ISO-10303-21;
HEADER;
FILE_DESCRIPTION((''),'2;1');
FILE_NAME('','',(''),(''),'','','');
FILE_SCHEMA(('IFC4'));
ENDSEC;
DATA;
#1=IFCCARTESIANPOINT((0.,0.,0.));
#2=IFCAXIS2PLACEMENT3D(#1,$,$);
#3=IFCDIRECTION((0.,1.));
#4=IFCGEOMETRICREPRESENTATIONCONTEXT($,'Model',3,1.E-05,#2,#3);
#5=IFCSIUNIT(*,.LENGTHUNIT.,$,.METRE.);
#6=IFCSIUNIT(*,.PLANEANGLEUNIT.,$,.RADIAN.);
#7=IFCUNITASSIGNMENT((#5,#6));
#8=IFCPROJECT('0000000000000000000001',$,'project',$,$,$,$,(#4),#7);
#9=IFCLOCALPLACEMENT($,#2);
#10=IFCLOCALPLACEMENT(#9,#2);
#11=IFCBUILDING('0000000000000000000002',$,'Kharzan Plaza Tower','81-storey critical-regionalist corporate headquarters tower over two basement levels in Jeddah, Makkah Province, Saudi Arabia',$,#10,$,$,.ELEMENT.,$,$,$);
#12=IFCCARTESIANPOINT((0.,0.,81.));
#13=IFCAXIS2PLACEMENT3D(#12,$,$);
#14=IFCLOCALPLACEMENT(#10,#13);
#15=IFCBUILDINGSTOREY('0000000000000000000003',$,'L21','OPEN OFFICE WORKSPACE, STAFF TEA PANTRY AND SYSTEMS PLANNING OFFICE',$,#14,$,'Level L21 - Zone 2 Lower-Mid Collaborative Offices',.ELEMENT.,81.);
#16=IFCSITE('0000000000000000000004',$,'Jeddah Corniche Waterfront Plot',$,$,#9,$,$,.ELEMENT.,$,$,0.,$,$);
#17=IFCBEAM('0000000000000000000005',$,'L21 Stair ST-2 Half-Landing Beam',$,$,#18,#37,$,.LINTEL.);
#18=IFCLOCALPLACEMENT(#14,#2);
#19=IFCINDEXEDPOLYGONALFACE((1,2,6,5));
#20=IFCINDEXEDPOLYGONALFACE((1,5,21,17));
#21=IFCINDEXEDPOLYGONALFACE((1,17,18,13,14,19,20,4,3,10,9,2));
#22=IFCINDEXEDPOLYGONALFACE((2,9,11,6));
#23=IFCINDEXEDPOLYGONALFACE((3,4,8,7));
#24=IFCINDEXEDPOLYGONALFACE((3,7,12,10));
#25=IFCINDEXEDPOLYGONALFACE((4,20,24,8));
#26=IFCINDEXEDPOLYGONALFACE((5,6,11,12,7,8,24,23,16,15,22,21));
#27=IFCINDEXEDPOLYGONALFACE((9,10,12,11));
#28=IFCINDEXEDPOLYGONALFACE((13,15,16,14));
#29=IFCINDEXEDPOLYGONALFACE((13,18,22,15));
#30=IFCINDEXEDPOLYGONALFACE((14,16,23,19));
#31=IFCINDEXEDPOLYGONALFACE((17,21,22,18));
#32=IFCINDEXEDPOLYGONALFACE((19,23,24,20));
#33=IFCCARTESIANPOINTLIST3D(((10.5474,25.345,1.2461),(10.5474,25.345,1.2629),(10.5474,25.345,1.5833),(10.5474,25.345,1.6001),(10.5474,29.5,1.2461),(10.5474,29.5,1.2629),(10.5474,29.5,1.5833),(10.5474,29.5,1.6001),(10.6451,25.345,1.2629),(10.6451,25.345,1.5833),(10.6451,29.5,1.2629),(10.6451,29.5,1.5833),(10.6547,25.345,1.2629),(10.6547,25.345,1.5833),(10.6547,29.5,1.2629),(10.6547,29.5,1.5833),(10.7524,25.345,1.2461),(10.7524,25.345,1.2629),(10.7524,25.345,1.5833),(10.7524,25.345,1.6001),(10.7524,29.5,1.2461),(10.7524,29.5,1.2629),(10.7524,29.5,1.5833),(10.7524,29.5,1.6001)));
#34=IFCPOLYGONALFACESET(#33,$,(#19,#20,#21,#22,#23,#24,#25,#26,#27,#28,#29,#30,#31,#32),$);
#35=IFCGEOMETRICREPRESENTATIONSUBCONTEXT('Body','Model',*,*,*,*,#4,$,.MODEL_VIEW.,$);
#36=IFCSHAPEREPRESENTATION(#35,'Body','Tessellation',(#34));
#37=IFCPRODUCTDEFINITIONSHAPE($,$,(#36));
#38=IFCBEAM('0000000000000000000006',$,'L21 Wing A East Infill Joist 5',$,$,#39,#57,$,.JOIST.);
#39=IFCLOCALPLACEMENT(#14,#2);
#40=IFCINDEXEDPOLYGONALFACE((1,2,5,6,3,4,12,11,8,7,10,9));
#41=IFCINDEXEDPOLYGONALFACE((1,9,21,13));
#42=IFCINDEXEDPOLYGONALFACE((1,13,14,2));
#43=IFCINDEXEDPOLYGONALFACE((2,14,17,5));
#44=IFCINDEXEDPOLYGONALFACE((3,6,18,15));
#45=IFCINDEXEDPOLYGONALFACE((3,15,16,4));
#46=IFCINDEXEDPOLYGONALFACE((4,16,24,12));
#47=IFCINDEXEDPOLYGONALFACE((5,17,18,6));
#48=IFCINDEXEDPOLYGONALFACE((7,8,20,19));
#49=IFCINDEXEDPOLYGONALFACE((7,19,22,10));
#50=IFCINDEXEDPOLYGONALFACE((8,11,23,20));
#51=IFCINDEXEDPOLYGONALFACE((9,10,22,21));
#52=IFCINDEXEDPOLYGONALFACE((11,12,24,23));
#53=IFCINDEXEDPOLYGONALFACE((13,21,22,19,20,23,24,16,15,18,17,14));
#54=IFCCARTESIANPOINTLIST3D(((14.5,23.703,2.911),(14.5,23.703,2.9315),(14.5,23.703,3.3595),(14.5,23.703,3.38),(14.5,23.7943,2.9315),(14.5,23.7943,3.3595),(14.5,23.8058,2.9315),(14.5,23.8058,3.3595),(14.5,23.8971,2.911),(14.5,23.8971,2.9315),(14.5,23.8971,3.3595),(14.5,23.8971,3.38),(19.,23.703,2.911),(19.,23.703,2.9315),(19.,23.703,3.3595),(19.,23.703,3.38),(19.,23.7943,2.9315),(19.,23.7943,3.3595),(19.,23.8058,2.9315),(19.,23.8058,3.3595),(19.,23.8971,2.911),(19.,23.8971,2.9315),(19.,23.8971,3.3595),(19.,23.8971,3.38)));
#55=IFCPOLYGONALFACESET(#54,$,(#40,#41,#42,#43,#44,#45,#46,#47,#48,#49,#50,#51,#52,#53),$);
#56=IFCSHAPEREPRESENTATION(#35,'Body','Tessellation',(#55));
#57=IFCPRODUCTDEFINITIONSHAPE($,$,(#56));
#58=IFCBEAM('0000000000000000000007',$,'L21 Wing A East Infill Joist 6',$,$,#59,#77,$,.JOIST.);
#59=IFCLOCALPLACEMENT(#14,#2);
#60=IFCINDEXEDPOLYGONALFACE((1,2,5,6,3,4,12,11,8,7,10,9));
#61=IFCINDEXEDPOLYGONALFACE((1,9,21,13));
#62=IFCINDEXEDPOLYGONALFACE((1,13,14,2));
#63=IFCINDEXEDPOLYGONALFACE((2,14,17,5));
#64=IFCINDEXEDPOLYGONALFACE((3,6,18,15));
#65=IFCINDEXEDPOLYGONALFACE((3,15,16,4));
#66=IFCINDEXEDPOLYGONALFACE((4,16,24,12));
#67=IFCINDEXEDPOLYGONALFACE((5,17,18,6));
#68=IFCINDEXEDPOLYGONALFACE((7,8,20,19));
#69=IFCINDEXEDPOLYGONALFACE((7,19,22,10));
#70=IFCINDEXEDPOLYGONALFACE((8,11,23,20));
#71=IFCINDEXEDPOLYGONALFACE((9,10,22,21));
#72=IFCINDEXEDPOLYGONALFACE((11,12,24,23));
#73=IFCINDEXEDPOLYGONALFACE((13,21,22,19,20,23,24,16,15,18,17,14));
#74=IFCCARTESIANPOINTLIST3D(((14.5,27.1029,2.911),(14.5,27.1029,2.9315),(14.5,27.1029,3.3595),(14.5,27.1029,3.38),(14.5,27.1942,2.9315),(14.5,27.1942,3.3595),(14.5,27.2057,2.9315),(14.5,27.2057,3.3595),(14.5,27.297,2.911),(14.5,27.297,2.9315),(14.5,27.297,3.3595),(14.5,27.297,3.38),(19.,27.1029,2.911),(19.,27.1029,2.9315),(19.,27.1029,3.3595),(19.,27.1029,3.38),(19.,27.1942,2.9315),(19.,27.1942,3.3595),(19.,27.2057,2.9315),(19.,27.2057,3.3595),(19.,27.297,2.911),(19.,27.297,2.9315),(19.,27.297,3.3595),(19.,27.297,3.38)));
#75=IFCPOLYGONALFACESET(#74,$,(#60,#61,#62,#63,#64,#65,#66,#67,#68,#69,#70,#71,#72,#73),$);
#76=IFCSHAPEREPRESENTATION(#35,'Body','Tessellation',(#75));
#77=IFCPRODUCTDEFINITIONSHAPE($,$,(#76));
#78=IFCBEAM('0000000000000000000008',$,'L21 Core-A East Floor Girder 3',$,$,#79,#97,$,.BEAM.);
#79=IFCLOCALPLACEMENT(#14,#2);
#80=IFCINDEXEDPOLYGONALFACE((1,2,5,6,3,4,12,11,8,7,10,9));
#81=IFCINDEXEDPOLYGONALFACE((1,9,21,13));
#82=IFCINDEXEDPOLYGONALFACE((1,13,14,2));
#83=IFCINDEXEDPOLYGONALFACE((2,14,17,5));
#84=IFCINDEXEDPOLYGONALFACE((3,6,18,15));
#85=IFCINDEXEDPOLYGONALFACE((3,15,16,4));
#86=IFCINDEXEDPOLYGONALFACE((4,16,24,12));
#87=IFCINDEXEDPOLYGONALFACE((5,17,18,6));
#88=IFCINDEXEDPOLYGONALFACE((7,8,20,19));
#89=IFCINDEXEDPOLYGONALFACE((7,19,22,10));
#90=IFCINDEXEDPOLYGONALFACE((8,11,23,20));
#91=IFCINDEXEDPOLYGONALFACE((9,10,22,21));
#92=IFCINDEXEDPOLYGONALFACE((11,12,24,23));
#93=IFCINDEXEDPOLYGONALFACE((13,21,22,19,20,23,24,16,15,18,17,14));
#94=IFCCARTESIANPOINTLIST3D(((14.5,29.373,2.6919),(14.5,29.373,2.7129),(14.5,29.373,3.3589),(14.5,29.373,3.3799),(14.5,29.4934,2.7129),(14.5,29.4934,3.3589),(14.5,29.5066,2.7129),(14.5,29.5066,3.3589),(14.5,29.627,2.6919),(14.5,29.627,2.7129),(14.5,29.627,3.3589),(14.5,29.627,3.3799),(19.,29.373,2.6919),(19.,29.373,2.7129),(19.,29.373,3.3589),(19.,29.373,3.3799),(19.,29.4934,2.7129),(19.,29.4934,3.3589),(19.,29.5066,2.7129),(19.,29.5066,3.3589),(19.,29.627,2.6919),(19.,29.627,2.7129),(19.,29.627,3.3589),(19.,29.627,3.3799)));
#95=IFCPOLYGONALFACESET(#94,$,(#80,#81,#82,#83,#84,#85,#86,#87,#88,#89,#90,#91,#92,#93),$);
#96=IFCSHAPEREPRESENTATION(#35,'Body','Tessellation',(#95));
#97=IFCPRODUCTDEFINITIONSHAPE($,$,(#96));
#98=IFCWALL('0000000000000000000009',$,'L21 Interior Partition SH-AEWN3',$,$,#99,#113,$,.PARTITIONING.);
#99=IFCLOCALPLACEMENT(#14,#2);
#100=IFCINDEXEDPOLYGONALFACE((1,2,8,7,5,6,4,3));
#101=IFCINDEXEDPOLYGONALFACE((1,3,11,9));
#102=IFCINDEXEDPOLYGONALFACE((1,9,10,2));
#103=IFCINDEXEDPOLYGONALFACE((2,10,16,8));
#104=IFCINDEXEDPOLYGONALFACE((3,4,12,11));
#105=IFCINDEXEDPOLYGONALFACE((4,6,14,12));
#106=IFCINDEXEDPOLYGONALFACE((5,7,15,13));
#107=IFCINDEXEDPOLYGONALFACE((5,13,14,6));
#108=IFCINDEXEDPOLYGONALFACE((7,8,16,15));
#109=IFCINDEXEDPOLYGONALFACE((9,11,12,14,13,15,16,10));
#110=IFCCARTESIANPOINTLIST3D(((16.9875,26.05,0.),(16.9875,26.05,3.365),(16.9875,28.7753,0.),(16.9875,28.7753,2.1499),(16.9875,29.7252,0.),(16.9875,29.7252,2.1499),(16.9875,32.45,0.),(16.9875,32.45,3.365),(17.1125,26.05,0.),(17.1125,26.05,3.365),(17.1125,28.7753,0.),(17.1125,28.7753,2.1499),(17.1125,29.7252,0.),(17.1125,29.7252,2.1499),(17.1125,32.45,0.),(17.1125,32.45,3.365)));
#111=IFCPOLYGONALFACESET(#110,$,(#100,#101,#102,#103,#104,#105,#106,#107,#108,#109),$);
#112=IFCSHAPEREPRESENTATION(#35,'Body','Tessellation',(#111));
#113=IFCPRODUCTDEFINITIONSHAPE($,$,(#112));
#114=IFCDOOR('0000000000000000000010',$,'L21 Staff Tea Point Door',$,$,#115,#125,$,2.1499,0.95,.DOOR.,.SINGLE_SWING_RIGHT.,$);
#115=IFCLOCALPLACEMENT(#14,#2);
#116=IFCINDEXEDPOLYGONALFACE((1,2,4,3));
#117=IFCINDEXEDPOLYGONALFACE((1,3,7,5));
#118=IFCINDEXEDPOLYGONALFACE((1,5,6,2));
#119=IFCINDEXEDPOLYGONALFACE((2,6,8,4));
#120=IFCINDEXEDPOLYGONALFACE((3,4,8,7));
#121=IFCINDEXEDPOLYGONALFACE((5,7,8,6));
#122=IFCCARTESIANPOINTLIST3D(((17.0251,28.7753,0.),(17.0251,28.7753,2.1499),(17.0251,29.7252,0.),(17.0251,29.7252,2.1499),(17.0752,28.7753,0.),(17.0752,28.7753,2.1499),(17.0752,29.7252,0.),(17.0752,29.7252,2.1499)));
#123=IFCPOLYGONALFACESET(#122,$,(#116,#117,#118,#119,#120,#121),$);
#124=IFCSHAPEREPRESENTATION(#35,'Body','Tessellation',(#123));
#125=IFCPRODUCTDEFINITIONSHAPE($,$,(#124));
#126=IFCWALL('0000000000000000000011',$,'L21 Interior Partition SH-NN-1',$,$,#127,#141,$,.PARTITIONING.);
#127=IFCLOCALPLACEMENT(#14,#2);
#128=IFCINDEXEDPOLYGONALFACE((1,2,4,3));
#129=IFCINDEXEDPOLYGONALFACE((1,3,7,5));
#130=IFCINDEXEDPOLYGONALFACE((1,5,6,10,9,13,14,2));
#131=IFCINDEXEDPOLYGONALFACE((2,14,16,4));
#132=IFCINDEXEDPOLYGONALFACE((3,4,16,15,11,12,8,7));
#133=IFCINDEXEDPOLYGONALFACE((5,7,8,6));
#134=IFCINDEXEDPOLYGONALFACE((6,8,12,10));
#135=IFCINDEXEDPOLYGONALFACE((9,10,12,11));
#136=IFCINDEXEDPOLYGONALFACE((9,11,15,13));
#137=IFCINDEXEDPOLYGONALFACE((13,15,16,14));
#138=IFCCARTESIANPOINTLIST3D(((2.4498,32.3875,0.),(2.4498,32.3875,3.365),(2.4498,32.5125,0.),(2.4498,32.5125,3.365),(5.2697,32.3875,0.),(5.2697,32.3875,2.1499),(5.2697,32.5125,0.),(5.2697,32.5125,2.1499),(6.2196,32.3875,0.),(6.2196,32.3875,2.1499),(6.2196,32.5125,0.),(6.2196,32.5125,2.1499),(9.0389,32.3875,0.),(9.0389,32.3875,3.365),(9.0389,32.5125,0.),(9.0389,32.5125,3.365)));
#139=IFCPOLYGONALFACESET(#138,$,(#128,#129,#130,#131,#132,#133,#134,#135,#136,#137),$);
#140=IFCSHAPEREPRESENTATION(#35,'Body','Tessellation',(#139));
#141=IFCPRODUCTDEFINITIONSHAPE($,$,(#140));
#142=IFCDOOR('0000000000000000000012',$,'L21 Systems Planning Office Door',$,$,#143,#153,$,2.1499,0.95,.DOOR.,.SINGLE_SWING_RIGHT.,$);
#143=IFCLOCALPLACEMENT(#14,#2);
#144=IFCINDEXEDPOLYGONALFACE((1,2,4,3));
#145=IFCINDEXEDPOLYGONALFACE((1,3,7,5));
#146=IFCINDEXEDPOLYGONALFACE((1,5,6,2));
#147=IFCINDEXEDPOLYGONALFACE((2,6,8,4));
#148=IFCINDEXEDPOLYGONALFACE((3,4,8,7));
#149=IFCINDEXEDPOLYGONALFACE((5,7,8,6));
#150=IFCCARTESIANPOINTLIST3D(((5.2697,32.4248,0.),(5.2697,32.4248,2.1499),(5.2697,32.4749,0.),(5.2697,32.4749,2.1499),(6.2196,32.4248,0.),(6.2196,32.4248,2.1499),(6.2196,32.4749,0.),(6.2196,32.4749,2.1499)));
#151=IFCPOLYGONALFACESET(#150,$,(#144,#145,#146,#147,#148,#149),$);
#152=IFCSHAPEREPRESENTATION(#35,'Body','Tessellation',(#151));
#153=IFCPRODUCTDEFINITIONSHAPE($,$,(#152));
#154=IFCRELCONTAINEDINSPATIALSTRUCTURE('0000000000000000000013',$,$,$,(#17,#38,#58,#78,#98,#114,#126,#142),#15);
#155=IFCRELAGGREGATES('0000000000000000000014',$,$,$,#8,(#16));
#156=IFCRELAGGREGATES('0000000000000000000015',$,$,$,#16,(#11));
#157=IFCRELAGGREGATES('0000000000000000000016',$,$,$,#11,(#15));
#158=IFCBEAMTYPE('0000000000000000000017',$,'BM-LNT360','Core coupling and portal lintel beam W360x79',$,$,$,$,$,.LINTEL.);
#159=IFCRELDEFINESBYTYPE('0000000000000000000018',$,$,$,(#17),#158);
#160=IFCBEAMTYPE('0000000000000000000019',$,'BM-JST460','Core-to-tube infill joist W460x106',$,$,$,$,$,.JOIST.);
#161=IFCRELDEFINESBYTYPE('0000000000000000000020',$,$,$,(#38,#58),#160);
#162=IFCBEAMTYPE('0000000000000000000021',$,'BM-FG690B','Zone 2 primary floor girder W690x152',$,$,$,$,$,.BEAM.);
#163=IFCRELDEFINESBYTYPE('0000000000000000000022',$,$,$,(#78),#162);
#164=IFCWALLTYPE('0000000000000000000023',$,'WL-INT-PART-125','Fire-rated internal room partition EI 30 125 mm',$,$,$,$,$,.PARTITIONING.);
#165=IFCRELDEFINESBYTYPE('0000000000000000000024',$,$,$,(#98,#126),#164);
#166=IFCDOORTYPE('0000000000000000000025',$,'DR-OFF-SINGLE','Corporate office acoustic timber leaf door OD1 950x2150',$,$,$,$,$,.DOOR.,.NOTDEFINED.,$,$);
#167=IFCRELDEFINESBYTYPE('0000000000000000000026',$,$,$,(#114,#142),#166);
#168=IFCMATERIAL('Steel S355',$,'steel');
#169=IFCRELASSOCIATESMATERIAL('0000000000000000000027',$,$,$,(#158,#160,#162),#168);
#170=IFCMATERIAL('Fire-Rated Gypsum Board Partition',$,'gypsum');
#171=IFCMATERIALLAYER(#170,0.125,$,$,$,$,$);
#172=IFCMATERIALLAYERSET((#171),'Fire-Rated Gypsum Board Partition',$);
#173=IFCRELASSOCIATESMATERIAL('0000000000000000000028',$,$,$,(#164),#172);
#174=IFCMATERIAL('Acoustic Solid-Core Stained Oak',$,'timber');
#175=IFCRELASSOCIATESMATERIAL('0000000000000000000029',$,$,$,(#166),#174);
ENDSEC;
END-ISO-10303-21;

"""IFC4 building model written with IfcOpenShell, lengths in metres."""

from ifc_helpers import new_model, si_unit, direction, frame, frame_2d, origin, origin_2d, place, context, subcontext, project, spatial, rectangle, i_section, extrude, source, transform, mapped, material, layer, layer_set, material_profile, profile_set, type_object, element, fill, save


model = new_model("IFC4")

# Units and contexts
model_context = context("Model", 3, precision=1e-05, world=origin(), true_north=direction((0.0, 1.0)))
body_context = subcontext(model_context, "Body", "Model", "MODEL_VIEW")
ifc_project = project(units=[si_unit("LENGTHUNIT", "METRE"), si_unit("PLANEANGLEUNIT", "RADIAN")], contexts=[model_context])

# Site, building, storey
site_placement = place(None, origin())
site = spatial("IfcSite", under=ifc_project, at=site_placement, Name="Jeddah Corniche Waterfront Plot", CompositionType="ELEMENT", RefElevation=0.0)
building_placement = place(site_placement, origin())
building = spatial("IfcBuilding", under=site, at=building_placement, Name="Kharzan Plaza Tower", Description="81-storey critical-regionalist corporate headquarters tower over two basement levels in Jeddah, Makkah Province, Saudi Arabia", CompositionType="ELEMENT")
storey_placement = place(building_placement, frame((0.0, 0.0, 81.0)))
storey = spatial("IfcBuildingStorey", under=building, at=storey_placement, Name="L21", Description="OPEN OFFICE WORKSPACE, STAFF TEA PANTRY AND SYSTEMS PLANNING OFFICE", LongName="Level L21 - Zone 2 Lower-Mid Collaborative Offices", CompositionType="ELEMENT", Elevation=81.0)

# Beams
ifc_material_1 = material(Name="Steel S355", Category="steel")
ifc_material_profile_1 = material_profile(ifc_material_1, i_section(OverallWidth=0.2051, OverallDepth=0.354, WebThickness=0.0095, FlangeThickness=0.0168, at=origin_2d()), Name="W360x79")
ifc_profile_set_1 = profile_set([ifc_material_profile_1], Name="Steel S355")
beam_type_1 = type_object("IfcBeamType", Name="BM-LNT360", Description="Core coupling and portal lintel beam W360x79", PredefinedType="LINTEL", material=ifc_profile_set_1)
shared_shape_1 = source(origin(), body_context, "Body", "SweptSolid", [
    extrude(i_section(OverallWidth=0.2051, OverallDepth=0.354, WebThickness=0.0095, FlangeThickness=0.0168, at=origin_2d()), origin(), (0.0, 0.0, 1.0), 4.155),
])
beam_1_placement = place(storey_placement, frame((10.6499, 25.345, 1.4231), z_axis=(0.0, 1.0, 0.0), x_axis=(-1.0, 0.0, 0.0)))
element("IfcBeam", 1, at=beam_1_placement, inside=storey, type_object=beam_type_1, Name="L21 Stair ST-2 Half-Landing Beam", PredefinedType="LINTEL", context=body_context, shape_type="MappedRepresentation", body=[
    mapped(shared_shape_1, transform((0.0, 0.0, 0.0), x_axis=(1.0, 0.0, 0.0), y_axis=(0.0, 1.0, 0.0), z_axis=(0.0, 0.0, 1.0))),
])
ifc_material_profile_2 = material_profile(ifc_material_1, i_section(OverallWidth=0.1941, OverallDepth=0.469, WebThickness=0.0115, FlangeThickness=0.0205, at=origin_2d()), Name="W460x106")
ifc_profile_set_2 = profile_set([ifc_material_profile_2], Name="Steel S355")
beam_type_2 = type_object("IfcBeamType", Name="BM-JST460", Description="Core-to-tube infill joist W460x106", PredefinedType="JOIST", material=ifc_profile_set_2)
shared_shape_2 = source(origin(), body_context, "Body", "SweptSolid", [
    extrude(i_section(OverallWidth=0.1941, OverallDepth=0.469, WebThickness=0.0115, FlangeThickness=0.0205, at=origin_2d()), origin(), (0.0, 0.0, 1.0), 4.5),
])
for number, where, z_axis, x_axis, name in (
    (2, (14.5, 23.8, 3.1455), (1.0, 0.0, 0.0), (0.0, 1.0, 0.0), "L21 Wing A East Infill Joist 5"),
    (3, (14.5, 27.2, 3.1455), (1.0, 0.0, 0.0), (0.0, 1.0, 0.0), "L21 Wing A East Infill Joist 6"),
):
    element("IfcBeam", number, at=place(storey_placement, frame(where, z_axis=z_axis, x_axis=x_axis)), inside=storey, type_object=beam_type_2, Name=name, PredefinedType="JOIST", context=body_context, shape_type="MappedRepresentation", body=[
        mapped(shared_shape_2, transform((0.0, 0.0, 0.0), x_axis=(1.0, 0.0, 0.0), y_axis=(0.0, 1.0, 0.0), z_axis=(0.0, 0.0, 1.0))),
    ])
ifc_material_profile_3 = material_profile(ifc_material_1, i_section(OverallWidth=0.2539, OverallDepth=0.688, WebThickness=0.0132, FlangeThickness=0.021, at=origin_2d()), Name="W690x152")
ifc_profile_set_3 = profile_set([ifc_material_profile_3], Name="Steel S355")
beam_type_3 = type_object("IfcBeamType", Name="BM-FG690B", Description="Zone 2 primary floor girder W690x152", PredefinedType="BEAM", material=ifc_profile_set_3)
shared_shape_3 = source(origin(), body_context, "Body", "SweptSolid", [
    extrude(i_section(OverallWidth=0.2539, OverallDepth=0.688, WebThickness=0.0132, FlangeThickness=0.021, at=origin_2d()), origin(), (0.0, 0.0, 1.0), 4.5),
])
beam_2_placement = place(storey_placement, frame((14.5, 29.5, 3.0359), z_axis=(1.0, 0.0, 0.0), x_axis=(0.0, 1.0, 0.0)))
element("IfcBeam", 4, at=beam_2_placement, inside=storey, type_object=beam_type_3, Name="L21 Core-A East Floor Girder 3", PredefinedType="BEAM", context=body_context, shape_type="MappedRepresentation", body=[
    mapped(shared_shape_3, transform((0.0, 0.0, 0.0), x_axis=(1.0, 0.0, 0.0), y_axis=(0.0, 1.0, 0.0), z_axis=(0.0, 0.0, 1.0))),
])

# Walls, openings, doors
ifc_material_2 = material(Name="Fire-Rated Gypsum Board Partition", Category="gypsum")
ifc_layer_1 = layer(ifc_material_2, 0.125)
ifc_layer_set_1 = layer_set([ifc_layer_1], Name="Fire-Rated Gypsum Board Partition")
wall_type_1 = type_object("IfcWallType", Name="WL-INT-PART-125", Description="Fire-rated internal room partition EI 30 125 mm", PredefinedType="PARTITIONING", material=ifc_layer_set_1)
wall_1_placement = place(storey_placement, frame((17.05, 26.05, 0.0), z_axis=(0.0, 0.0, 1.0), x_axis=(0.0, 1.0, 0.0)))
wall_1 = element("IfcWall", 5, at=wall_1_placement, inside=storey, type_object=wall_type_1, Name="L21 Interior Partition SH-AEWN3", PredefinedType="PARTITIONING", context=body_context, shape_type="SweptSolid", body=[
    extrude(rectangle(XDim=6.3999, YDim=0.125, at=frame_2d((3.2, 0.0))), origin(), (0.0, 0.0, 1.0), 3.365),
])
opening_1_placement = place(wall_1_placement, frame((2.7251, 0.0, 0.0)))
opening_1 = element("IfcOpeningElement", 6, at=opening_1_placement, cuts=wall_1, PredefinedType="OPENING", context=body_context, shape_type="SweptSolid", body=[
    extrude(rectangle(XDim=0.95, YDim=2.1499, at=frame_2d((0.4751, 1.075))), frame((0.0, 0.0725, 0.0), z_axis=(0.0, -1.0, 0.0), x_axis=(1.0, 0.0, 0.0)), (0.0, 0.0, 1.0), 0.145),
])
ifc_material_3 = material(Name="Acoustic Solid-Core Stained Oak", Category="timber")
door_type_1 = type_object("IfcDoorType", Name="DR-OFF-SINGLE", Description="Corporate office acoustic timber leaf door OD1 950x2150", OperationType="NOTDEFINED", PredefinedType="DOOR", material=ifc_material_3)
shared_shape_4 = source(origin(), body_context, "Body", "SweptSolid", [
    extrude(rectangle(XDim=0.95, YDim=2.1499, at=frame_2d((0.4751, 1.075))), frame((0.0, 0.0249, 0.0), z_axis=(0.0, -1.0, 0.0), x_axis=(1.0, 0.0, 0.0)), (0.0, 0.0, 1.0), 0.05),
])
door_1_placement = place(opening_1_placement, origin())
door_1 = element("IfcDoor", 7, at=door_1_placement, inside=storey, type_object=door_type_1, Name="L21 Staff Tea Point Door", OperationType="SINGLE_SWING_RIGHT", OverallHeight=2.1499, OverallWidth=0.95, PredefinedType="DOOR", context=body_context, shape_type="MappedRepresentation", body=[
    mapped(shared_shape_4, transform((0.0, 0.0, 0.0), x_axis=(1.0, 0.0, 0.0), y_axis=(0.0, 1.0, 0.0), z_axis=(0.0, 0.0, 1.0))),
])
fill(opening_1, door_1)
wall_2_placement = place(storey_placement, frame((2.45, 32.45, 0.0), z_axis=(0.0, 0.0, 1.0), x_axis=(1.0, 0.0, 0.0)))
wall_2 = element("IfcWall", 8, at=wall_2_placement, inside=storey, type_object=wall_type_1, Name="L21 Interior Partition SH-NN-1", PredefinedType="PARTITIONING", context=body_context, shape_type="SweptSolid", body=[
    extrude(rectangle(XDim=6.5891, YDim=0.125, at=frame_2d((3.2944, 0.0))), origin(), (0.0, 0.0, 1.0), 3.365),
])
opening_2_placement = place(wall_2_placement, frame((2.8196, 0.0, 0.0)))
opening_2 = element("IfcOpeningElement", 9, at=opening_2_placement, cuts=wall_2, PredefinedType="OPENING", context=body_context, shape_type="SweptSolid", body=[
    extrude(rectangle(XDim=0.95, YDim=2.1499, at=frame_2d((0.4751, 1.075))), frame((0.0, 0.0725, 0.0), z_axis=(0.0, -1.0, 0.0), x_axis=(1.0, 0.0, 0.0)), (0.0, 0.0, 1.0), 0.145),
])
door_2_placement = place(opening_2_placement, origin())
door_2 = element("IfcDoor", 10, at=door_2_placement, inside=storey, type_object=door_type_1, Name="L21 Systems Planning Office Door", OperationType="SINGLE_SWING_RIGHT", OverallHeight=2.1499, OverallWidth=0.95, PredefinedType="DOOR", context=body_context, shape_type="MappedRepresentation", body=[
    mapped(shared_shape_4, transform((0.0, 0.0, 0.0), x_axis=(1.0, 0.0, 0.0), y_axis=(0.0, 1.0, 0.0), z_axis=(0.0, 0.0, 1.0))),
])
fill(opening_2, door_2)

save(model, "model.ifc")
